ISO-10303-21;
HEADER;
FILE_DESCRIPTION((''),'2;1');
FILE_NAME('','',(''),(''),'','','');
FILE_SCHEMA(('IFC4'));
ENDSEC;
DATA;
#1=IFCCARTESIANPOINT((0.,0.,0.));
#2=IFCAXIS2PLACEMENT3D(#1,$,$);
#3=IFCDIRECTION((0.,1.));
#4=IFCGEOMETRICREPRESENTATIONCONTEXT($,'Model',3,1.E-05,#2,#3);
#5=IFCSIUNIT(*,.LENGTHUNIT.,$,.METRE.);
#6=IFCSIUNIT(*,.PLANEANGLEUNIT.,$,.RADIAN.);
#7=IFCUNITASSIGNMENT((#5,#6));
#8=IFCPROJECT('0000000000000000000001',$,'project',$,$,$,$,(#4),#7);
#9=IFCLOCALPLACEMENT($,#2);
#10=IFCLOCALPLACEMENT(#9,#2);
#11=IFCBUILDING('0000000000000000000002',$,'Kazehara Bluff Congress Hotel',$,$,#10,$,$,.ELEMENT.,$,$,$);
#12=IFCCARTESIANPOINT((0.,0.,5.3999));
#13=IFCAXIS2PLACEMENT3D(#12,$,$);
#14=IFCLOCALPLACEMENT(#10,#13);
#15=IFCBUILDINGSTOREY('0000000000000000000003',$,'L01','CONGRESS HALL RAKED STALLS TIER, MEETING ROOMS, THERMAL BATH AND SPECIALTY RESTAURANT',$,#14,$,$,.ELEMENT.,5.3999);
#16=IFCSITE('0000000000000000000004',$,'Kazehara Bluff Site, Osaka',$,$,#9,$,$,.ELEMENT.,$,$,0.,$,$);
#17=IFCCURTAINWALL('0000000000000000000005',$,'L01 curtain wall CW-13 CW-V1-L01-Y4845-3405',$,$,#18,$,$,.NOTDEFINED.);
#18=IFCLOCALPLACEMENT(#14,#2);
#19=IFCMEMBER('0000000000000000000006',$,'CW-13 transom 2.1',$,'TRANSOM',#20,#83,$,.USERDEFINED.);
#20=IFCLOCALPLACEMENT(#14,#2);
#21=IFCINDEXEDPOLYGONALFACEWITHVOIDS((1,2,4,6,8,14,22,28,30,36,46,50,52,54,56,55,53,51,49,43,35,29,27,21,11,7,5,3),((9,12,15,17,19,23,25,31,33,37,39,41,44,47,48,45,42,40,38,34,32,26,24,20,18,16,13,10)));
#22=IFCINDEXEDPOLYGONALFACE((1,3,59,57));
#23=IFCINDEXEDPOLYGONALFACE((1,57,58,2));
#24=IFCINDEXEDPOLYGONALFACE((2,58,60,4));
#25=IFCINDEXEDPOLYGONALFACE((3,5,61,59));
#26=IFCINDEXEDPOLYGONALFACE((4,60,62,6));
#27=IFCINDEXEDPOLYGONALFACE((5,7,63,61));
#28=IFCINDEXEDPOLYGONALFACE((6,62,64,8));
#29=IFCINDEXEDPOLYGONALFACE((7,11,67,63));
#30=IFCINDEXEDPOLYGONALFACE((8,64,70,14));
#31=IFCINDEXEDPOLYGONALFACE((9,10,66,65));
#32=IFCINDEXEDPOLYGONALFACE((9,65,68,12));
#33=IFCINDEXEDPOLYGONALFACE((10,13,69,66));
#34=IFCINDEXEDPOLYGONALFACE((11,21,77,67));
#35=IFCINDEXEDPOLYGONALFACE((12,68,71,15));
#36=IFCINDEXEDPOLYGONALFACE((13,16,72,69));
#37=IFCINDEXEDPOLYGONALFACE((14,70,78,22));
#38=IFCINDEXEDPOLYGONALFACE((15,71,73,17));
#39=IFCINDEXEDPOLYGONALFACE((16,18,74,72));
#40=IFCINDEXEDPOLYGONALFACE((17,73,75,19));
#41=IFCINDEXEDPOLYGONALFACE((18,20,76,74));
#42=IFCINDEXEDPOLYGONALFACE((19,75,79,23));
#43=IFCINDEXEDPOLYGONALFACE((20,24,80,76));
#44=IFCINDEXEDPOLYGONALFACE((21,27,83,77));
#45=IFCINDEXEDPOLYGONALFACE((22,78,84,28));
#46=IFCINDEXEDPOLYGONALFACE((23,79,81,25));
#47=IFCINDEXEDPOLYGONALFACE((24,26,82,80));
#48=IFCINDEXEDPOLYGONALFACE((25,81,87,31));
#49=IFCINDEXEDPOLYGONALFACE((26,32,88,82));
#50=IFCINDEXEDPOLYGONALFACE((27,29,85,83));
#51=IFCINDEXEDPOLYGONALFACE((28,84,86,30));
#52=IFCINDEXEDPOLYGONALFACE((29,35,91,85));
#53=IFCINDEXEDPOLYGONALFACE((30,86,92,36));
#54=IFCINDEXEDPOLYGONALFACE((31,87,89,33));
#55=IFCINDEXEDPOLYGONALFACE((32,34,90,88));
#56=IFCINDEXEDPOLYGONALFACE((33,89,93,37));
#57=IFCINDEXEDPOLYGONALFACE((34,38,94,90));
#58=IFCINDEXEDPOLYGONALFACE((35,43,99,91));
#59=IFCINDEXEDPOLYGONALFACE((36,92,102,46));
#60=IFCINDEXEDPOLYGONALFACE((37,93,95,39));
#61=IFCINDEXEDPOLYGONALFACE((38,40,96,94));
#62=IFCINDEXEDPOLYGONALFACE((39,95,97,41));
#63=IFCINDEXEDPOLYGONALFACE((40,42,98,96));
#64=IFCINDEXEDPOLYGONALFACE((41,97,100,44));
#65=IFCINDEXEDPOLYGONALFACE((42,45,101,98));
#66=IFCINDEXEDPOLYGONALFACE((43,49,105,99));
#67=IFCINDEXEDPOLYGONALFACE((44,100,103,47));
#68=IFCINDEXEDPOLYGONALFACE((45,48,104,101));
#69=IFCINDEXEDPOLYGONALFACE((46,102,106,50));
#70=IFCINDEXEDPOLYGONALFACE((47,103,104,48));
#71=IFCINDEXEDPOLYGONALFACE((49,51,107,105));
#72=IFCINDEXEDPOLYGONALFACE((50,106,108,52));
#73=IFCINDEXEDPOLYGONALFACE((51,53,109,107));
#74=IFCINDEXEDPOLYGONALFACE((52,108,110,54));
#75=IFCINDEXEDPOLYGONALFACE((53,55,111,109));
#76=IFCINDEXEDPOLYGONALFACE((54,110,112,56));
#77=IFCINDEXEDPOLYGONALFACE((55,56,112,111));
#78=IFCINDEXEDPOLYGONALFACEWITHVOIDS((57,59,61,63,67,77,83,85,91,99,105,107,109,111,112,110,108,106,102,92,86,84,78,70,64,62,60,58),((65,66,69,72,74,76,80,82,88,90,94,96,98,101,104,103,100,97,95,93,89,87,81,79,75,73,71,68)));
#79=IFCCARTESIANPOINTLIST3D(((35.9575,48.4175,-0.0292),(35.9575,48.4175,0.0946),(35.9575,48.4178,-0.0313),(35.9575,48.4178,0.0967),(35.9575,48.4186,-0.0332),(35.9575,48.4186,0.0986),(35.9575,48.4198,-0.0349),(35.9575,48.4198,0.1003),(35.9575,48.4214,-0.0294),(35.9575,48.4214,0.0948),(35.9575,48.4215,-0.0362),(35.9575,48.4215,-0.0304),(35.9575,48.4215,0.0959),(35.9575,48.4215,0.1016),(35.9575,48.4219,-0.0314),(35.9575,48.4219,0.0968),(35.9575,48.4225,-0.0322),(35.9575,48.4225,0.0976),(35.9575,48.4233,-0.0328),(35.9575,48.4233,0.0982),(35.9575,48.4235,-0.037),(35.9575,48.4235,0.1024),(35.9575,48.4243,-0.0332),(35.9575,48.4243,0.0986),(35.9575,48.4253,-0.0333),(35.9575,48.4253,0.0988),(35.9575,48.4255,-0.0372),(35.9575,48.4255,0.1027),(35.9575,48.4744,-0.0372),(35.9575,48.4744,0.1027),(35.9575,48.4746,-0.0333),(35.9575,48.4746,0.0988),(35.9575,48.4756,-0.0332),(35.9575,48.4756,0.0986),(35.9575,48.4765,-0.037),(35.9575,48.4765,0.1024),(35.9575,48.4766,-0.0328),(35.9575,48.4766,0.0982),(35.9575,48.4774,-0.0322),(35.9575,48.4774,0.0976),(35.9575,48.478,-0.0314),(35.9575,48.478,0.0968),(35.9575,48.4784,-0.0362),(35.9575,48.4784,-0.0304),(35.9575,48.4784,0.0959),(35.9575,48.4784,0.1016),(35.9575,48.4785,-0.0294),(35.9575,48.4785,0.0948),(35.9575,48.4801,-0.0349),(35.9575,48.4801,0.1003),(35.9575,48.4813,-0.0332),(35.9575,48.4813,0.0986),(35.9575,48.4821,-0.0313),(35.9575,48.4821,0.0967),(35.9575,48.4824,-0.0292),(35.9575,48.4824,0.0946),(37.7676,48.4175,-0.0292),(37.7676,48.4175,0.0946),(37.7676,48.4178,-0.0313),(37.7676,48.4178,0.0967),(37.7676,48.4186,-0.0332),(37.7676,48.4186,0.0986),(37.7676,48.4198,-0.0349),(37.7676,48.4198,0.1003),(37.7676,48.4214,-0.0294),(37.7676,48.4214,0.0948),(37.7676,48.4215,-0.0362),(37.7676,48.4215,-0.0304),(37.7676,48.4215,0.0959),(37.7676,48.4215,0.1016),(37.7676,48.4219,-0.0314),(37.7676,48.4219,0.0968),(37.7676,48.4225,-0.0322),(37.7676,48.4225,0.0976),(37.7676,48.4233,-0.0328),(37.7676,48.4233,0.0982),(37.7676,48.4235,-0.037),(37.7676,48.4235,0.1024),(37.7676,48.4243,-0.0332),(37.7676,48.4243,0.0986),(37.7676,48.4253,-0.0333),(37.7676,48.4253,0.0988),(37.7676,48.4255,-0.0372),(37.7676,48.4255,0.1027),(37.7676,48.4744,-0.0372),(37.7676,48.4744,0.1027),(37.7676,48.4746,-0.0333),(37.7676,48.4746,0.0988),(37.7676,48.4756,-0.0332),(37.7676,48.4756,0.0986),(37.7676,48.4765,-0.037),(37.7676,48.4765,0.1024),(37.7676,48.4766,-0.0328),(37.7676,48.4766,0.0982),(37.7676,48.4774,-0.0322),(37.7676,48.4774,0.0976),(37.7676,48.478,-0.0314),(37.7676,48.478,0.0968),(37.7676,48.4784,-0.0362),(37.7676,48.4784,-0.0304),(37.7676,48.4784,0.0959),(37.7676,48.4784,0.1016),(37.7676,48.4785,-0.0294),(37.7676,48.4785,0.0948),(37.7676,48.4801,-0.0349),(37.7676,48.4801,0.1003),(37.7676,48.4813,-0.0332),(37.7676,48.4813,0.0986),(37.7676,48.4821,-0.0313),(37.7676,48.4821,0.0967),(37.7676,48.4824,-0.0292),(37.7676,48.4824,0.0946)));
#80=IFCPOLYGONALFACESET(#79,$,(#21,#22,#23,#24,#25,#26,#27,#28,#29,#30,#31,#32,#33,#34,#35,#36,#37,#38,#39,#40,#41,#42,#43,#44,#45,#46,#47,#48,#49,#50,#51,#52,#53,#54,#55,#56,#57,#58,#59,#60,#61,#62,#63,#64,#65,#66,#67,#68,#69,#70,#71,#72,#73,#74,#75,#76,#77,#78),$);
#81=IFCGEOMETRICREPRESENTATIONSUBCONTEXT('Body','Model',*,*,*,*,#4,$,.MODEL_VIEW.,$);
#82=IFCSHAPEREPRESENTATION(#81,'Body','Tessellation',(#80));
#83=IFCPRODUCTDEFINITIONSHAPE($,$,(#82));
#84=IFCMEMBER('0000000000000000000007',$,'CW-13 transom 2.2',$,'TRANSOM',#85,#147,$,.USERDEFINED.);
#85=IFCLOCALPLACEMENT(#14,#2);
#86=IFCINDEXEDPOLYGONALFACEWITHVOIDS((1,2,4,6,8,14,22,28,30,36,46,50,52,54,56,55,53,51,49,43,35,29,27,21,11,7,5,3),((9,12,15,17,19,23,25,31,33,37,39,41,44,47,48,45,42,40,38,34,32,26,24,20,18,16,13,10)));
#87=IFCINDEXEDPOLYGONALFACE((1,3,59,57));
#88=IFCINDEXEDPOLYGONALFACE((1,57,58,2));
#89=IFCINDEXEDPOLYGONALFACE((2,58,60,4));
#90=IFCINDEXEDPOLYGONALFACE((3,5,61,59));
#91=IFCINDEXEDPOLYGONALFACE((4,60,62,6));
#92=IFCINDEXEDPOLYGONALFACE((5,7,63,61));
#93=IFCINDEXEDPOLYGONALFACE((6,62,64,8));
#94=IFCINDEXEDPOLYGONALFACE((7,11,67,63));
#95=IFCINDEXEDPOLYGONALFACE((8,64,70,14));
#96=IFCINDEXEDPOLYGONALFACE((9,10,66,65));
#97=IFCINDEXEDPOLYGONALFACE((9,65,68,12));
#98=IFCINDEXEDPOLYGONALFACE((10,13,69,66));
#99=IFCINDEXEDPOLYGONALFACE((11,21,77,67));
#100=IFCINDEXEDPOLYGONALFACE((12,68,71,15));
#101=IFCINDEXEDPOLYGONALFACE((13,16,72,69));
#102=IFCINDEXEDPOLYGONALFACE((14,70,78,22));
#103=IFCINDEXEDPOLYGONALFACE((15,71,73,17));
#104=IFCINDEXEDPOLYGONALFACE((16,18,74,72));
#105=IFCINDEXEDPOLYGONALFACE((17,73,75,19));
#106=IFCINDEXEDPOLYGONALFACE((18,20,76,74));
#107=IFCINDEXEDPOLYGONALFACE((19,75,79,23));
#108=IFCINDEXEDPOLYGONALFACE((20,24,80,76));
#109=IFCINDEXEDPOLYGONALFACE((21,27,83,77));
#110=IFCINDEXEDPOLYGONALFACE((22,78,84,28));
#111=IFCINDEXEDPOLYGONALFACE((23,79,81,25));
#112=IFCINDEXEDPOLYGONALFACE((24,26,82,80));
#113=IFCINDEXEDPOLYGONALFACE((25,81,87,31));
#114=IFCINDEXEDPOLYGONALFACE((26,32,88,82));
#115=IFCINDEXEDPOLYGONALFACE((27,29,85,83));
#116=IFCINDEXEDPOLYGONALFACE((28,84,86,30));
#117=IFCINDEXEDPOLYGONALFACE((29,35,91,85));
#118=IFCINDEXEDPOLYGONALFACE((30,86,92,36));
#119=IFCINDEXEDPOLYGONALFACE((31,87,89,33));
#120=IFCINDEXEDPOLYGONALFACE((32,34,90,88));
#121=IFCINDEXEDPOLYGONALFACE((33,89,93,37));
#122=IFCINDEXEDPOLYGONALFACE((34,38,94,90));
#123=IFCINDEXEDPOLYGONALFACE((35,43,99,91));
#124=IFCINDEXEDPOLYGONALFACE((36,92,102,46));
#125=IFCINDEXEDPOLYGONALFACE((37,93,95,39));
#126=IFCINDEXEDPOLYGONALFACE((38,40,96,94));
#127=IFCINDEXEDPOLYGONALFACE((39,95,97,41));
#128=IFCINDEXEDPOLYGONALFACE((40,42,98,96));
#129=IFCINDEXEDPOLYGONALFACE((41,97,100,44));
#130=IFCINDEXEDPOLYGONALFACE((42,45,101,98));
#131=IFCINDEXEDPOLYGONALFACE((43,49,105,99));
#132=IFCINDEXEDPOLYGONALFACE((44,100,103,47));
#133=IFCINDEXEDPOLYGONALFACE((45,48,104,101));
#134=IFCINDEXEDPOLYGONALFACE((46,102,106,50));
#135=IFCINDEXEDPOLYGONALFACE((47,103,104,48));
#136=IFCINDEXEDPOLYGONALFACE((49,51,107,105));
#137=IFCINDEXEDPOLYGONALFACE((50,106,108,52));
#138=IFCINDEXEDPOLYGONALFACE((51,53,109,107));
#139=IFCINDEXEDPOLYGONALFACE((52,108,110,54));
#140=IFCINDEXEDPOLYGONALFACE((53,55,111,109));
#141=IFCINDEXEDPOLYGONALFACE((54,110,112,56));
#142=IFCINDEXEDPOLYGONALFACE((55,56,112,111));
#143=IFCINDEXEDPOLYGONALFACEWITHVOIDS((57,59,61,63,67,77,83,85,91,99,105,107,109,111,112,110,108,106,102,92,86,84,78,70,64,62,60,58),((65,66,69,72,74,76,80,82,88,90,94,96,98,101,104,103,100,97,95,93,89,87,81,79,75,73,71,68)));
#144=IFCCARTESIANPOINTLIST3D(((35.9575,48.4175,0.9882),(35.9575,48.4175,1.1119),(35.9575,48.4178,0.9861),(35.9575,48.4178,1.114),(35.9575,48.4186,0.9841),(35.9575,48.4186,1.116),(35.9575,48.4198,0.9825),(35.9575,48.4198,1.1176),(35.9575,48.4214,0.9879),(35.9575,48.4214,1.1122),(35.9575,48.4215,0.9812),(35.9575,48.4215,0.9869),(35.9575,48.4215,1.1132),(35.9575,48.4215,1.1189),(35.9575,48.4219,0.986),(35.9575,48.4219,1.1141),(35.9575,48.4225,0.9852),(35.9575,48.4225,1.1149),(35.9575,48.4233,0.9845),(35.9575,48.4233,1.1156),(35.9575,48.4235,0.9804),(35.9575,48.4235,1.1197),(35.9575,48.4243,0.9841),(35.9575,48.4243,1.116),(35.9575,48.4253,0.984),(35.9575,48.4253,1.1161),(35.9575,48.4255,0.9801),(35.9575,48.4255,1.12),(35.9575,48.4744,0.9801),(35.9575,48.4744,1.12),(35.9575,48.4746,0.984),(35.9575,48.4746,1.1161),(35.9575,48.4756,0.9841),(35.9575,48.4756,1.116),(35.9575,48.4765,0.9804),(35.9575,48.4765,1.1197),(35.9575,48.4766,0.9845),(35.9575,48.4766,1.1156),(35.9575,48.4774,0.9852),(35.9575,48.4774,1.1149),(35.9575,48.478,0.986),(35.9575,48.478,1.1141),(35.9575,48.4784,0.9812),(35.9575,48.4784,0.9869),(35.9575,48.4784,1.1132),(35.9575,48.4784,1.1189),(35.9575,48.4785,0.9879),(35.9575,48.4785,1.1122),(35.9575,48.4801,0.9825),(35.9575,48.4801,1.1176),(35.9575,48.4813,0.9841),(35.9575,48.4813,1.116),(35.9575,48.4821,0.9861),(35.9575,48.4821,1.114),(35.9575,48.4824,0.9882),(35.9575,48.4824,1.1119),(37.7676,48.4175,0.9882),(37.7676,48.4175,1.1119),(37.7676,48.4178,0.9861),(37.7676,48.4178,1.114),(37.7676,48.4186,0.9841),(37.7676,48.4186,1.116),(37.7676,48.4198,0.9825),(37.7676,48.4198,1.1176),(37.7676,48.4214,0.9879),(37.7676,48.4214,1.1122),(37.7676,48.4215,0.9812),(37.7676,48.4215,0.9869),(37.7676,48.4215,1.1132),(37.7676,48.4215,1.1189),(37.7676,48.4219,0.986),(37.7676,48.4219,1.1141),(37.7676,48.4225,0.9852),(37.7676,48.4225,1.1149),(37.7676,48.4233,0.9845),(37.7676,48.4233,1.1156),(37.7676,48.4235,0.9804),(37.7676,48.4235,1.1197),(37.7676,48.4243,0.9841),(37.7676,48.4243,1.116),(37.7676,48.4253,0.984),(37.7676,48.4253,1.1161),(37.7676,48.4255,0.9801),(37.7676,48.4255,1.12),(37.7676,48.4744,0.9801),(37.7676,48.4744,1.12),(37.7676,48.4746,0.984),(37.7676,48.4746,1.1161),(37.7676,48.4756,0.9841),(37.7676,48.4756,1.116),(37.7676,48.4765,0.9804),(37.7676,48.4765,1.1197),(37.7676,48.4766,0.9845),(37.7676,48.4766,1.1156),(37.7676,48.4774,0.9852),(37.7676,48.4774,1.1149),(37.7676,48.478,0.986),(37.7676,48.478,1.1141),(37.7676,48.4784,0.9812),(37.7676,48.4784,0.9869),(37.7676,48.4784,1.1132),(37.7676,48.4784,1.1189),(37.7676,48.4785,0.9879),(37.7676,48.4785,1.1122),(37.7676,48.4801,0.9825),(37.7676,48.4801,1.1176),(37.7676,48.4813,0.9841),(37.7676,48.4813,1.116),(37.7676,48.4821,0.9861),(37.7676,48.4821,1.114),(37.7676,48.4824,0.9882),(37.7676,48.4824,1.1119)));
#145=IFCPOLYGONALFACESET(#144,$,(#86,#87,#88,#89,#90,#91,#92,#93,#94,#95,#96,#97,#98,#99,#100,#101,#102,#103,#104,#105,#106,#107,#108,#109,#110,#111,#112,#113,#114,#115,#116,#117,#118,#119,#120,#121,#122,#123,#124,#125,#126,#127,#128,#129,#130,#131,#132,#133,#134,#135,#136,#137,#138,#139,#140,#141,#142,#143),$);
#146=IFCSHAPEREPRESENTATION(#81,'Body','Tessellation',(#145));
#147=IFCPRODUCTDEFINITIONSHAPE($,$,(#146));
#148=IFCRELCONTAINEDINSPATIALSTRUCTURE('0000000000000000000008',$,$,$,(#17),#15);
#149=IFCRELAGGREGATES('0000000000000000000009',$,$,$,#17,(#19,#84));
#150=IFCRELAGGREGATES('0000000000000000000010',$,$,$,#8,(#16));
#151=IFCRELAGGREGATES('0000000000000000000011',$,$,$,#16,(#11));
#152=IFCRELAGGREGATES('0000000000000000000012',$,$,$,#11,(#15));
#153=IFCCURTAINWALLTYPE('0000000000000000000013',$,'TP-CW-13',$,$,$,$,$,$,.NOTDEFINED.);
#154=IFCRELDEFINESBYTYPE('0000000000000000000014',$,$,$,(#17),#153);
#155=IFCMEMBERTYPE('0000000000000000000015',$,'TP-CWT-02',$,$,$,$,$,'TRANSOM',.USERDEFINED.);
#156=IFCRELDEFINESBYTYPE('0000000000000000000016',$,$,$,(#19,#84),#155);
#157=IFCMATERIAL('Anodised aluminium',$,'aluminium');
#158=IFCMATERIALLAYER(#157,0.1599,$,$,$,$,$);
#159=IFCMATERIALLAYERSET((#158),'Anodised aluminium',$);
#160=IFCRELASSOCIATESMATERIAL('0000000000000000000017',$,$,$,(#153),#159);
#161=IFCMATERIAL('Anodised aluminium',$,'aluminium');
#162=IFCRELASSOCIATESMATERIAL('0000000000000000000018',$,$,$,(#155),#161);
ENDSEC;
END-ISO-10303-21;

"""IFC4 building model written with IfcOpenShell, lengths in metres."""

from ifc_helpers import new_model, si_unit, direction, frame, origin, origin_2d, place, context, subcontext, project, spatial, hollow_rectangle, extrude, material, layer, layer_set, material_profile, profile_set, type_object, element, aggregate, save


model = new_model("IFC4")

# Units and contexts
model_context = context("Model", 3, precision=1e-05, world=origin(), true_north=direction((0.0, 1.0)))
body_context = subcontext(model_context, "Body", "Model", "MODEL_VIEW")
ifc_project = project(units=[si_unit("LENGTHUNIT", "METRE"), si_unit("PLANEANGLEUNIT", "RADIAN")], contexts=[model_context])

# Site, building, storey
site_placement = place(None, origin())
site = spatial("IfcSite", under=ifc_project, at=site_placement, Name="Kazehara Bluff Site, Osaka", CompositionType="ELEMENT", RefElevation=0.0)
building_placement = place(site_placement, origin())
building = spatial("IfcBuilding", under=site, at=building_placement, Name="Kazehara Bluff Congress Hotel", CompositionType="ELEMENT")
storey_placement = place(building_placement, frame((0.0, 0.0, 5.3999)))
storey = spatial("IfcBuildingStorey", under=building, at=storey_placement, Name="L01", Description="CONGRESS HALL RAKED STALLS TIER, MEETING ROOMS, THERMAL BATH AND SPECIALTY RESTAURANT", CompositionType="ELEMENT", Elevation=5.3999)

# Curtain wall
ifc_material_1 = material(Name="Anodised aluminium", Category="aluminium")
ifc_layer_1 = layer(ifc_material_1, 0.1599)
ifc_layer_set_1 = layer_set([ifc_layer_1], Name="Anodised aluminium")
curtain_wall_type = type_object("IfcCurtainWallType", Name="TP-CW-13", PredefinedType="NOTDEFINED", material=ifc_layer_set_1)
curtain_wall_1_placement = place(storey_placement, origin())
curtain_wall_1 = element("IfcCurtainWall", 1, at=curtain_wall_1_placement, inside=storey, type_object=curtain_wall_type, Name="L01 curtain wall CW-13 CW-V1-L01-Y4845-3405", PredefinedType="NOTDEFINED")

# Members
ifc_material_2 = material(Name="Anodised aluminium", Category="aluminium")
ifc_material_profile_1 = material_profile(ifc_material_2, hollow_rectangle(XDim=0.0649, YDim=0.1399, WallThickness=0.0039, InnerFilletRadius=0.0039, OuterFilletRadius=0.0081, at=origin_2d()))
ifc_profile_set_1 = profile_set([ifc_material_profile_1], Name="Anodised aluminium")
member_type_1 = type_object("IfcMemberType", Name="TP-CWT-02", ElementType="TRANSOM", PredefinedType="USERDEFINED", material=ifc_profile_set_1)
member_1_placement = place(storey_placement, frame((35.9575, 48.45, 0.0327), z_axis=(1.0, 0.0, 0.0), x_axis=(0.0, 1.0, 0.0)))
member_1 = element("IfcMember", 2, at=member_1_placement, type_object=member_type_1, Name="CW-13 transom 2.1", ObjectType="TRANSOM", PredefinedType="USERDEFINED", context=body_context, shape_type="SweptSolid", body=[
    extrude(hollow_rectangle(XDim=0.0649, YDim=0.1399, WallThickness=0.0039, InnerFilletRadius=0.0039, OuterFilletRadius=0.0081, at=origin_2d()), origin(), (0.0, 0.0, 1.0), 1.8101),
])
member_2_placement = place(storey_placement, frame((35.9575, 48.45, 1.05), z_axis=(1.0, 0.0, 0.0), x_axis=(0.0, 1.0, 0.0)))
member_2 = element("IfcMember", 3, at=member_2_placement, type_object=member_type_1, Name="CW-13 transom 2.2", ObjectType="TRANSOM", PredefinedType="USERDEFINED", context=body_context, shape_type="SweptSolid", body=[
    extrude(hollow_rectangle(XDim=0.0649, YDim=0.1399, WallThickness=0.0039, InnerFilletRadius=0.0039, OuterFilletRadius=0.0081, at=origin_2d()), origin(), (0.0, 0.0, 1.0), 1.8101),
])

aggregate(curtain_wall_1, [member_1, member_2])

save(model, "model.ifc")
